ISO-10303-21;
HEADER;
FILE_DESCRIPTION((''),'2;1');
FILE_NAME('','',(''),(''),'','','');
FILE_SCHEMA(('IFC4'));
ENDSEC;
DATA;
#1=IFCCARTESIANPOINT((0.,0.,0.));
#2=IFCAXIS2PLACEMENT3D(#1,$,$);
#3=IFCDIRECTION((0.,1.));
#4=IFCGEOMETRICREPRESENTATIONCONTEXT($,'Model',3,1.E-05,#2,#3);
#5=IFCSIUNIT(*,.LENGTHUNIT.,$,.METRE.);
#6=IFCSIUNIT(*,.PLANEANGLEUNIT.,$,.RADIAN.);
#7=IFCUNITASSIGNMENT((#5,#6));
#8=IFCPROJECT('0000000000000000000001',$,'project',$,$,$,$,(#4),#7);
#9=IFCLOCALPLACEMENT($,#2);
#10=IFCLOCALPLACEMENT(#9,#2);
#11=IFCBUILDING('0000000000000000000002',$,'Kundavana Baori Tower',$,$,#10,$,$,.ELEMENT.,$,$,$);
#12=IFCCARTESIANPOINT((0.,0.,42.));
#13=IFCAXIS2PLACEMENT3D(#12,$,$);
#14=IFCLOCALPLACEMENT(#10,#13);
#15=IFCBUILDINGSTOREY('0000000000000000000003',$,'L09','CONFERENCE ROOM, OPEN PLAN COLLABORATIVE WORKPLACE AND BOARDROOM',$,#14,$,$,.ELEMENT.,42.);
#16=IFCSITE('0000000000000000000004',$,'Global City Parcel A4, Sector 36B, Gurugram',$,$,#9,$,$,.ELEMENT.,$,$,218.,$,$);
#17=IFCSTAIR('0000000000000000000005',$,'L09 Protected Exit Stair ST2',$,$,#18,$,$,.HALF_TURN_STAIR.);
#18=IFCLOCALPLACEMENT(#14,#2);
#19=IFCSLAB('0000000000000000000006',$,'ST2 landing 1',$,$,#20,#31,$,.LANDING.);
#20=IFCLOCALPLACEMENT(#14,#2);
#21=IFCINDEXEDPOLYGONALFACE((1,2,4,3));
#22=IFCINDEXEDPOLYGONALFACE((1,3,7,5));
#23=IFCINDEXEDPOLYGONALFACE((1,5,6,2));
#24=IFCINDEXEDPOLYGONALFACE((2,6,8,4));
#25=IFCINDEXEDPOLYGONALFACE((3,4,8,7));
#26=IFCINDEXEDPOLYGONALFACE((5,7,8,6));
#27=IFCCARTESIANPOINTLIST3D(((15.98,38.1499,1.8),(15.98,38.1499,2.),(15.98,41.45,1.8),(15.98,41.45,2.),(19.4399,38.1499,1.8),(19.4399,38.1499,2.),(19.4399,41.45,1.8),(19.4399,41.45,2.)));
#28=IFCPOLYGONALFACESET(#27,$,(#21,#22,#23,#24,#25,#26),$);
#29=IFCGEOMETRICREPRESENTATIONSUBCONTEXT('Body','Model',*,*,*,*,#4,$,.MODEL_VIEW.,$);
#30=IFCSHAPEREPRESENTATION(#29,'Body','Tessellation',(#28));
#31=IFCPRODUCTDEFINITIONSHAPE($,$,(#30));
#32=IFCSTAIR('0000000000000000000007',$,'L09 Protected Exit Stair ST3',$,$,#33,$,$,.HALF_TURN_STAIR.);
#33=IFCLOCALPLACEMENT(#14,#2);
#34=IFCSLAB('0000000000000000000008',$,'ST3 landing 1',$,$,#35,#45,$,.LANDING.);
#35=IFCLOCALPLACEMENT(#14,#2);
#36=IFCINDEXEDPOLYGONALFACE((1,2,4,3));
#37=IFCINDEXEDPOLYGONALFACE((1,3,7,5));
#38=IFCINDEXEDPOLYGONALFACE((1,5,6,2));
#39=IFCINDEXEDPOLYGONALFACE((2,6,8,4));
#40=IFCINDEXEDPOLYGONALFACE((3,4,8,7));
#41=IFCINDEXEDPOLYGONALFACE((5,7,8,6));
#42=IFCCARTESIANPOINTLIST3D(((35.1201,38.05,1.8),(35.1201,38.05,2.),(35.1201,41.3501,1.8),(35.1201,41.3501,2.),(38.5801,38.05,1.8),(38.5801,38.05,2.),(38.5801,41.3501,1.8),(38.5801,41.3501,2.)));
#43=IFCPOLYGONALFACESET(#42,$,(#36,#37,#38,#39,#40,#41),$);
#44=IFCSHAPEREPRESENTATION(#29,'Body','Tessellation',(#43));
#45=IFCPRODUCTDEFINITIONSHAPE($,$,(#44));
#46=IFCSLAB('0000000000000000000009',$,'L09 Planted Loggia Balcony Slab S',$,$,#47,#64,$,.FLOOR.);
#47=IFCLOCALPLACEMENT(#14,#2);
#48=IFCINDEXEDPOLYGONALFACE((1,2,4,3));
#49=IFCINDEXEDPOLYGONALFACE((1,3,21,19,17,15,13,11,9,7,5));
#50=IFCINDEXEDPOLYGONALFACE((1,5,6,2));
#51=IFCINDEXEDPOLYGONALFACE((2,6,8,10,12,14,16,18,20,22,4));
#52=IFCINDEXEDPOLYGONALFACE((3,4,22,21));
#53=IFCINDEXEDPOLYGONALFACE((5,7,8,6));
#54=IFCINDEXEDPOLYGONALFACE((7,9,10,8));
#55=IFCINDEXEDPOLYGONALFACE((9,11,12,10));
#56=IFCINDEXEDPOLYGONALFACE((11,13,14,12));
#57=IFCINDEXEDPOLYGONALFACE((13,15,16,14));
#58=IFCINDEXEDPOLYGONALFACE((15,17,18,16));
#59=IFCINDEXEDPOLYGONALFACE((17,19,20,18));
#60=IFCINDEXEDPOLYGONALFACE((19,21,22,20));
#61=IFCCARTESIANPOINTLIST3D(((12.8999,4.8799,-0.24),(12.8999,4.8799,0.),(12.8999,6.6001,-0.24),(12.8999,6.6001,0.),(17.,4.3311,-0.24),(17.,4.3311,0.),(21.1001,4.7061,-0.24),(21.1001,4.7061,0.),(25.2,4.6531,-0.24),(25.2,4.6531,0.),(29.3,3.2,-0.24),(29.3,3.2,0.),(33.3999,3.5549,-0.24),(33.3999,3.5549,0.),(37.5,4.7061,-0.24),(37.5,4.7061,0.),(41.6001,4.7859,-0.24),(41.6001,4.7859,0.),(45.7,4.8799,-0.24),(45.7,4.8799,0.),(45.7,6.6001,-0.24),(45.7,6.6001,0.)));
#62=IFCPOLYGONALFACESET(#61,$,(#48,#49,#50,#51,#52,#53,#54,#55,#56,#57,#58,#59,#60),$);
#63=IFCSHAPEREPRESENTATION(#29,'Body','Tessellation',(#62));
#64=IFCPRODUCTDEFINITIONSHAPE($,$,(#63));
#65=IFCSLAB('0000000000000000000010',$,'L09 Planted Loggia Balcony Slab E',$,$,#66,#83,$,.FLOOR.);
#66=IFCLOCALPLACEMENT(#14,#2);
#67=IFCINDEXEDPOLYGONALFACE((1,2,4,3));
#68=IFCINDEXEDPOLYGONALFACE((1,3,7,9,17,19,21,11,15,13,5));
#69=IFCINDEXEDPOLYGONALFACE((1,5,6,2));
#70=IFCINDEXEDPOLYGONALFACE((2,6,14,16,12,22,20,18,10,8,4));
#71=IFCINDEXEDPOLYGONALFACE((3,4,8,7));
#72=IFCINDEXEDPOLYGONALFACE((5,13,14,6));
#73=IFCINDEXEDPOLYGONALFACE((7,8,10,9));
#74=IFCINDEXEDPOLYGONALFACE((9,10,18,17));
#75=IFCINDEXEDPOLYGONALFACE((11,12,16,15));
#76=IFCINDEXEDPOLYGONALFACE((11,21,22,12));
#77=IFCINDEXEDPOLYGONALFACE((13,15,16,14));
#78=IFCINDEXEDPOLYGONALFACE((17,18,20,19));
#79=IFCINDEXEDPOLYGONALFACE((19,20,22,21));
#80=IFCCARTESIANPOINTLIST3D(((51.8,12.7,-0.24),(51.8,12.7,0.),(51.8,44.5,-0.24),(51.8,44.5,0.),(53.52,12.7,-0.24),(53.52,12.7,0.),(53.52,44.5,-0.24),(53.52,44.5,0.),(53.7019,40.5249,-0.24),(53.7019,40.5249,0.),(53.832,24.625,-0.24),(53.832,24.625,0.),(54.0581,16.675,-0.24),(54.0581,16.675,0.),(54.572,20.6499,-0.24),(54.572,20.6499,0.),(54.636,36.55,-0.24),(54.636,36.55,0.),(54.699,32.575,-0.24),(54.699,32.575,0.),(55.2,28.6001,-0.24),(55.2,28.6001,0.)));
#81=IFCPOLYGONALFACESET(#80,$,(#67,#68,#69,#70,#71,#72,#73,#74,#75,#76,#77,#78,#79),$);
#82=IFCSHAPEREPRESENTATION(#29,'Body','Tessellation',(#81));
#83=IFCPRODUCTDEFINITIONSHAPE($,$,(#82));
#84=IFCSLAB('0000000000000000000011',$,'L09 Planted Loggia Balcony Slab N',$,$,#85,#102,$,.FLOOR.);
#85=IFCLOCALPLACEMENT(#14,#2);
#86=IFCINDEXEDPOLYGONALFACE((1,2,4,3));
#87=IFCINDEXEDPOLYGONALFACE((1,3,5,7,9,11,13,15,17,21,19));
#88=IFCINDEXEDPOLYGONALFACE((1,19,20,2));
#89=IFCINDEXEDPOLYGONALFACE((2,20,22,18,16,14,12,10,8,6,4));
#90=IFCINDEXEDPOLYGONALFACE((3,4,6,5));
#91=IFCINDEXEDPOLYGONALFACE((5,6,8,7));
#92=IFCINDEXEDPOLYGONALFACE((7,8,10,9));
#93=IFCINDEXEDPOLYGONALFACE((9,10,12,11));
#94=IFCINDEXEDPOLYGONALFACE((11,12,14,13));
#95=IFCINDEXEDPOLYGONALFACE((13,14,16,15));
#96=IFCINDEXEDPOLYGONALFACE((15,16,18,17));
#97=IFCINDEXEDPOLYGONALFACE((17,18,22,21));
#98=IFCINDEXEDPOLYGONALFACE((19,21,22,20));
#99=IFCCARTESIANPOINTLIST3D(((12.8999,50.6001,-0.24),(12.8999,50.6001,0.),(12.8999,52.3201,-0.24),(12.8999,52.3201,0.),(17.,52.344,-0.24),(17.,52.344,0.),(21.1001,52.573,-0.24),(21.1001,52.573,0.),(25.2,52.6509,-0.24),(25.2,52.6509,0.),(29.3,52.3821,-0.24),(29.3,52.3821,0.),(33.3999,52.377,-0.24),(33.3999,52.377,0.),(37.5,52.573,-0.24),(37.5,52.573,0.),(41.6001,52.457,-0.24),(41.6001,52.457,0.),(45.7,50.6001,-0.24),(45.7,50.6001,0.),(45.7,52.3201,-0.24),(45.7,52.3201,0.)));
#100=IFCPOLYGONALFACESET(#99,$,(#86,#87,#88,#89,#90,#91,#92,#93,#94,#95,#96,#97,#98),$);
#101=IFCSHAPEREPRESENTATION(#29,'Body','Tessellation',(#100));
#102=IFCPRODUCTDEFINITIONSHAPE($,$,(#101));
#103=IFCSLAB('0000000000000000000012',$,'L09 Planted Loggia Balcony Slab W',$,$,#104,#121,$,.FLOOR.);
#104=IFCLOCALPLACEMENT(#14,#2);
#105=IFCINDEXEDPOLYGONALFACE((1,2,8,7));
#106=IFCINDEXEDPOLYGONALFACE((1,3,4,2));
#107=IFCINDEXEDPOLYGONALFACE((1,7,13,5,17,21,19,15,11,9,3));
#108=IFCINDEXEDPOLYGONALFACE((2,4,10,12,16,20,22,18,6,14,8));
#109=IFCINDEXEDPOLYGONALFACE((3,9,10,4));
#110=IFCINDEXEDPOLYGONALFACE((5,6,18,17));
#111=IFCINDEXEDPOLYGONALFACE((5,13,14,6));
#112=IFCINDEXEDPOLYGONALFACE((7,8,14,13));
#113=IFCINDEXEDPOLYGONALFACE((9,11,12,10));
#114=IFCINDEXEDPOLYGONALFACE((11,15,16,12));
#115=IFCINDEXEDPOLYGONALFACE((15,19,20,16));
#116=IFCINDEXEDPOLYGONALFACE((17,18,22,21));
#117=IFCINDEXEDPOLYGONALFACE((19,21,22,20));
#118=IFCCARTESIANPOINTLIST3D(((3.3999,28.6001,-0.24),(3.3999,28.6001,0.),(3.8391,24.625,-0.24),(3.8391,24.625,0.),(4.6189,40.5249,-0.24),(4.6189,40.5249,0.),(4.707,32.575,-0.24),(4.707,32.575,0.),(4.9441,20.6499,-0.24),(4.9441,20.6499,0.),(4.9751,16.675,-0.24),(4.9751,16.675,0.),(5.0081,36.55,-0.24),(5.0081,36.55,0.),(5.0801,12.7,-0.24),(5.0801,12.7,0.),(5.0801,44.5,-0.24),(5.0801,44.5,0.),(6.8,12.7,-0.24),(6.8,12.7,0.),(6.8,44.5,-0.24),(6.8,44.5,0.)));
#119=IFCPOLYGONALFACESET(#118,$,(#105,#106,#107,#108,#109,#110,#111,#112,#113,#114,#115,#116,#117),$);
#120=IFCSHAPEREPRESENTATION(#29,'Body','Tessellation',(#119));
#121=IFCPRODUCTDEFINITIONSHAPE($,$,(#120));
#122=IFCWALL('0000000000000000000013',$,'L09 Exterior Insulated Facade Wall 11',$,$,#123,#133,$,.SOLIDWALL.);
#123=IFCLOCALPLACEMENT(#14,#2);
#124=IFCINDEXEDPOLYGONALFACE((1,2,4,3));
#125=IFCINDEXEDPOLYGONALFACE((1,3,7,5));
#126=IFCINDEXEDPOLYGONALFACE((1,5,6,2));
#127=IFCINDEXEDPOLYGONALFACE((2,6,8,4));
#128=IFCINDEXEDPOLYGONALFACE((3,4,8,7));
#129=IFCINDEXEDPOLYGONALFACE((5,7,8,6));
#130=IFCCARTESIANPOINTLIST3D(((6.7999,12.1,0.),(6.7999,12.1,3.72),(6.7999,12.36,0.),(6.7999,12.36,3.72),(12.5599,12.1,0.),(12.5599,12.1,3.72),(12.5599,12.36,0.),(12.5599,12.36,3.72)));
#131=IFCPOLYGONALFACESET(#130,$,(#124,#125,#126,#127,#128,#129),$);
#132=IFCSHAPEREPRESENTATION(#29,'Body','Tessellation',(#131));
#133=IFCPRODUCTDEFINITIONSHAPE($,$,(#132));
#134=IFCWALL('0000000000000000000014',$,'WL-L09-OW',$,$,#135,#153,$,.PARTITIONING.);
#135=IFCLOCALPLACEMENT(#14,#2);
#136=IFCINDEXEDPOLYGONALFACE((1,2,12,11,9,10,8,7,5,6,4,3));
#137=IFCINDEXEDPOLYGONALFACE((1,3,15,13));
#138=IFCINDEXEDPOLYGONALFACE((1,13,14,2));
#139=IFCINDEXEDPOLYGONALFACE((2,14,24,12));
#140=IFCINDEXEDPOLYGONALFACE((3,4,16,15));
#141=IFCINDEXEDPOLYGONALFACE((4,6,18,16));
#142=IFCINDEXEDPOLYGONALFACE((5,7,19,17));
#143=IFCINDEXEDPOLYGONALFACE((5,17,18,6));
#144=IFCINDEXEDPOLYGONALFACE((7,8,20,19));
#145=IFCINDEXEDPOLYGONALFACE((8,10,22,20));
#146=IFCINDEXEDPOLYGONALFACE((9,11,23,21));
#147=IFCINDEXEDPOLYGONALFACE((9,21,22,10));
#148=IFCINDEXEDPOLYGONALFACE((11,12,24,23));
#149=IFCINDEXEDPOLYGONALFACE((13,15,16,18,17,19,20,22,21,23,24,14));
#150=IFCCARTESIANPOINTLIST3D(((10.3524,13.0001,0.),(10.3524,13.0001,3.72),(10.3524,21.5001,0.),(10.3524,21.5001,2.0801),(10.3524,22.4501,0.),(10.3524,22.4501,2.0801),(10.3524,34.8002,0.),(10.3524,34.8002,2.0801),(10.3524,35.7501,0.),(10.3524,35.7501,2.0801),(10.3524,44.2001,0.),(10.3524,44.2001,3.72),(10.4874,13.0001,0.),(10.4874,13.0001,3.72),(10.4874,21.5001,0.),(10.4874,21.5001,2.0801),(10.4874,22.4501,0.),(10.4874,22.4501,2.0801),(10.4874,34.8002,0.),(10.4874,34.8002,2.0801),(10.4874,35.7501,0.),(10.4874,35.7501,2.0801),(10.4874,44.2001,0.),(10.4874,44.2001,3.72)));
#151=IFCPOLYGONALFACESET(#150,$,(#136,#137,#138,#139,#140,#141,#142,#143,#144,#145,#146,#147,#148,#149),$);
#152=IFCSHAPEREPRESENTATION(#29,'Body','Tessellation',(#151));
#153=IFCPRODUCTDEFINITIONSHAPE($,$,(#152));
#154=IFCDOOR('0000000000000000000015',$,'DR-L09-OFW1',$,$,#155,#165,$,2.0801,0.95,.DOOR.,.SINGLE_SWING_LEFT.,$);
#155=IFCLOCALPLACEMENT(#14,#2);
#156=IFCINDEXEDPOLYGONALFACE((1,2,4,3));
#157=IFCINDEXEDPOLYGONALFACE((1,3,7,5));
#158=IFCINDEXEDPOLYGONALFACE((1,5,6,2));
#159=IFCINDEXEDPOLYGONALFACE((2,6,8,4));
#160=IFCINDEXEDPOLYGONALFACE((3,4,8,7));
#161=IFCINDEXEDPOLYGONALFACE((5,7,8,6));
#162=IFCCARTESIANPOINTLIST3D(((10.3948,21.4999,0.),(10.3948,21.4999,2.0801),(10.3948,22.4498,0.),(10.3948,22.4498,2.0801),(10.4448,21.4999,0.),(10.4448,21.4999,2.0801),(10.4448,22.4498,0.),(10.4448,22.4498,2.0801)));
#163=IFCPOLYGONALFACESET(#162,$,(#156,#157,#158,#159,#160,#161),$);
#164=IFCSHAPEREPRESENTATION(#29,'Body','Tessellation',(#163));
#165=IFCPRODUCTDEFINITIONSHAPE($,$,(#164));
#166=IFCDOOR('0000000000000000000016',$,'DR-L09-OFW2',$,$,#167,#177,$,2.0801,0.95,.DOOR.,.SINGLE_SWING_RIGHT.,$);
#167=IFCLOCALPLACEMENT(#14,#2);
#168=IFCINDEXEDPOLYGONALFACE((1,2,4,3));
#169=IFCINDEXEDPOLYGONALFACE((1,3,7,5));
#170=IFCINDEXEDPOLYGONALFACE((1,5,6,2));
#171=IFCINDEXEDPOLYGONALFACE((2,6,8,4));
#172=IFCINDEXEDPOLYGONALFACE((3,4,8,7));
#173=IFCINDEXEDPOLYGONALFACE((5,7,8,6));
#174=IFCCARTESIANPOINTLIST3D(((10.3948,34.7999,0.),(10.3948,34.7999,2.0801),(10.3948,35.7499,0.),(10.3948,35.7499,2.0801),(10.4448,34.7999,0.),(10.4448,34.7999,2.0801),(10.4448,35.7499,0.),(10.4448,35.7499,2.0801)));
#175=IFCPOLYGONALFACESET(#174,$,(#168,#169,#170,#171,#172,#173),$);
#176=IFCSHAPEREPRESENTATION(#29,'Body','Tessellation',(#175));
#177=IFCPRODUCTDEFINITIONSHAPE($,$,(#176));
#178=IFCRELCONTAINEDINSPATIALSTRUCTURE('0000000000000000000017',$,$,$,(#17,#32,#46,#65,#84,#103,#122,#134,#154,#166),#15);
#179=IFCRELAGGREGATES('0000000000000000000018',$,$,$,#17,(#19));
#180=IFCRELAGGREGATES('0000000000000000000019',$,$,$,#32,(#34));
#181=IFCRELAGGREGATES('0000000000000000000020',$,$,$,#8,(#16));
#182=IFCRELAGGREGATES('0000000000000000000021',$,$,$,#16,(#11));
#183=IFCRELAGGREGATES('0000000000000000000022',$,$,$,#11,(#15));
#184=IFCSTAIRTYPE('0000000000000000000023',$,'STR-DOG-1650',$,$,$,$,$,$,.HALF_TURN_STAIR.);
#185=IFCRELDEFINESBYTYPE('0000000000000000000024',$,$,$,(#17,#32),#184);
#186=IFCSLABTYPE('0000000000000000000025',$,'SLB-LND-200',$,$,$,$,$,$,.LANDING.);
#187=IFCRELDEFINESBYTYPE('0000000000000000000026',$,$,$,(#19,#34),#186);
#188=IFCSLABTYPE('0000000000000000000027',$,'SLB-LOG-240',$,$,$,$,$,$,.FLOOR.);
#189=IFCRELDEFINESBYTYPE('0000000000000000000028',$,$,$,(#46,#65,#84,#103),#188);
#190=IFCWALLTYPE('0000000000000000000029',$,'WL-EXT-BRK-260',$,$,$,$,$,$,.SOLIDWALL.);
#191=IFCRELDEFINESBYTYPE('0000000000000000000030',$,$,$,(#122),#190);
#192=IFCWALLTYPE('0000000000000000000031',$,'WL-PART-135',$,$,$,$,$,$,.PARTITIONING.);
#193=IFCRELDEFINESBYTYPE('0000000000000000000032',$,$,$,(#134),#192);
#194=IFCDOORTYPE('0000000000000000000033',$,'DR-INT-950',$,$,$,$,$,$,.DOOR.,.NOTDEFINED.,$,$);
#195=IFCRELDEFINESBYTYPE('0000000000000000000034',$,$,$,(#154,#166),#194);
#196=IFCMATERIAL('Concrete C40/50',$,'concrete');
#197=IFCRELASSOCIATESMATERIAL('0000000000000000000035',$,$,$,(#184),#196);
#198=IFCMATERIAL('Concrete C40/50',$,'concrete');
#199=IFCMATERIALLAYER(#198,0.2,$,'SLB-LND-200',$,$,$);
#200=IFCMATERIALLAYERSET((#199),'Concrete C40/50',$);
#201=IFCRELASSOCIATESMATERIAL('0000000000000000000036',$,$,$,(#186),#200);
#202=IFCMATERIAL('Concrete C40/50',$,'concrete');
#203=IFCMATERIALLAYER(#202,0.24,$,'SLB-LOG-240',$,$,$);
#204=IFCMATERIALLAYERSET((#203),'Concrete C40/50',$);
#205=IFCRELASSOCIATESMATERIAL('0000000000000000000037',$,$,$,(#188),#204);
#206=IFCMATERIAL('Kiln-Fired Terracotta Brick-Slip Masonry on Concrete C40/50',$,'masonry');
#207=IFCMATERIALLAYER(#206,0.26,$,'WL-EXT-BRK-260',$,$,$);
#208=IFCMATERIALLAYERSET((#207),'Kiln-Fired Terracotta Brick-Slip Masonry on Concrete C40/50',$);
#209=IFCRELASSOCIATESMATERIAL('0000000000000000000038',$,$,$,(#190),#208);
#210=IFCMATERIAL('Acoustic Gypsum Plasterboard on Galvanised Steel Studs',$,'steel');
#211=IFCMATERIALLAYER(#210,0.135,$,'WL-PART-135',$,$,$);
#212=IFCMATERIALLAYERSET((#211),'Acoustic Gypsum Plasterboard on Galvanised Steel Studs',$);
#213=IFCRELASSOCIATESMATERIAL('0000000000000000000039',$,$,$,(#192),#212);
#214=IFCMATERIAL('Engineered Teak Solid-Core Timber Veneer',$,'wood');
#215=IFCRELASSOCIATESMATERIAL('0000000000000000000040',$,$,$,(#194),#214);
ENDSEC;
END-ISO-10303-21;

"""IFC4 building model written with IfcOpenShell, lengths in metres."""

from ifc_helpers import new_model, si_unit, direction, frame, frame_2d, origin, place, context, subcontext, project, spatial, polyline, rectangle, outline, extrude, material, layer, layer_set, type_object, element, fill, aggregate, save


model = new_model("IFC4")

# Units and contexts
model_context = context("Model", 3, precision=1e-05, world=origin(), true_north=direction((0.0, 1.0)))
body_context = subcontext(model_context, "Body", "Model", "MODEL_VIEW")
ifc_project = project(units=[si_unit("LENGTHUNIT", "METRE"), si_unit("PLANEANGLEUNIT", "RADIAN")], contexts=[model_context])

# Site, building, storey
site_placement = place(None, origin())
site = spatial("IfcSite", under=ifc_project, at=site_placement, Name="Global City Parcel A4, Sector 36B, Gurugram", CompositionType="ELEMENT", RefElevation=218.0)
building_placement = place(site_placement, origin())
building = spatial("IfcBuilding", under=site, at=building_placement, Name="Kundavana Baori Tower", CompositionType="ELEMENT")
storey_placement = place(building_placement, frame((0.0, 0.0, 42.0)))
storey = spatial("IfcBuildingStorey", under=building, at=storey_placement, Name="L09", Description="CONFERENCE ROOM, OPEN PLAN COLLABORATIVE WORKPLACE AND BOARDROOM", CompositionType="ELEMENT", Elevation=42.0)

# Stairs, slabs
ifc_material_1 = material(Name="Concrete C40/50", Category="concrete")
stair_type = type_object("IfcStairType", Name="STR-DOG-1650", PredefinedType="HALF_TURN_STAIR", material=ifc_material_1)
ifc_material_2 = material(Name="Concrete C40/50", Category="concrete")
ifc_layer_1 = layer(ifc_material_2, 0.2, Name="SLB-LND-200")
ifc_layer_set_1 = layer_set([ifc_layer_1], Name="Concrete C40/50")
slab_type_1 = type_object("IfcSlabType", Name="SLB-LND-200", PredefinedType="LANDING", material=ifc_layer_set_1)
stair_1_placement = place(storey_placement, origin())
stair_1 = element("IfcStair", 1, at=stair_1_placement, inside=storey, type_object=stair_type, Name="L09 Protected Exit Stair ST2", PredefinedType="HALF_TURN_STAIR")
slab_1_placement = place(storey_placement, frame((0.0, 0.0, 1.8)))
slab_1 = element("IfcSlab", 2, at=slab_1_placement, type_object=slab_type_1, Name="ST2 landing 1", PredefinedType="LANDING", context=body_context, shape_type="SweptSolid", body=[
    extrude(outline(polyline([(19.4399, 38.1499), (19.4399, 41.45), (15.98, 41.45), (15.98, 38.1499), (19.4399, 38.1499)])), origin(), (0.0, 0.0, 1.0), 0.2),
])
aggregate(stair_1, [slab_1])
stair_2_placement = place(storey_placement, origin())
stair_2 = element("IfcStair", 3, at=stair_2_placement, inside=storey, type_object=stair_type, Name="L09 Protected Exit Stair ST3", PredefinedType="HALF_TURN_STAIR")
slab_2_placement = place(storey_placement, frame((0.0, 0.0, 1.8)))
slab_2 = element("IfcSlab", 4, at=slab_2_placement, type_object=slab_type_1, Name="ST3 landing 1", PredefinedType="LANDING", context=body_context, shape_type="SweptSolid", body=[
    extrude(outline(polyline([(38.5801, 38.05), (38.5801, 41.3501), (35.1201, 41.3501), (35.1201, 38.05), (38.5801, 38.05)])), origin(), (0.0, 0.0, 1.0), 0.2),
])
aggregate(stair_2, [slab_2])

# Slabs
ifc_material_3 = material(Name="Concrete C40/50", Category="concrete")
ifc_layer_2 = layer(ifc_material_3, 0.24, Name="SLB-LOG-240")
ifc_layer_set_2 = layer_set([ifc_layer_2], Name="Concrete C40/50")
slab_type_2 = type_object("IfcSlabType", Name="SLB-LOG-240", PredefinedType="FLOOR", material=ifc_layer_set_2)
slab_3_placement = place(storey_placement, frame((0.0, 0.0, -0.24)))
element("IfcSlab", 5, at=slab_3_placement, inside=storey, type_object=slab_type_2, Name="L09 Planted Loggia Balcony Slab S", PredefinedType="FLOOR", context=body_context, shape_type="SweptSolid", body=[
    extrude(outline(polyline([(12.8999, 6.6001), (45.7, 6.6001), (45.7, 4.8799), (41.6001, 4.7859), (37.5, 4.7061), (33.3999, 3.5549), (29.3, 3.2), (25.2, 4.6531), (21.1001, 4.7061), (17.0, 4.3311), (12.8999, 4.8799), (12.8999, 6.6001)])), origin(), (0.0, 0.0, 1.0), 0.24),
])
slab_4_placement = place(storey_placement, frame((0.0, 0.0, -0.24)))
element("IfcSlab", 6, at=slab_4_placement, inside=storey, type_object=slab_type_2, Name="L09 Planted Loggia Balcony Slab E", PredefinedType="FLOOR", context=body_context, shape_type="SweptSolid", body=[
    extrude(outline(polyline([(51.8, 12.7), (51.8, 44.5), (53.52, 44.5), (53.7019, 40.5249), (54.636, 36.55), (54.699, 32.575), (55.2, 28.6001), (53.832, 24.625), (54.572, 20.6499), (54.0581, 16.675), (53.52, 12.7), (51.8, 12.7)])), origin(), (0.0, 0.0, 1.0), 0.24),
])
slab_5_placement = place(storey_placement, frame((0.0, 0.0, -0.24)))
element("IfcSlab", 7, at=slab_5_placement, inside=storey, type_object=slab_type_2, Name="L09 Planted Loggia Balcony Slab N", PredefinedType="FLOOR", context=body_context, shape_type="SweptSolid", body=[
    extrude(outline(polyline([(45.7, 50.6001), (12.8999, 50.6001), (12.8999, 52.3201), (17.0, 52.344), (21.1001, 52.573), (25.2, 52.6509), (29.3, 52.3821), (33.3999, 52.377), (37.5, 52.573), (41.6001, 52.457), (45.7, 52.3201), (45.7, 50.6001)])), origin(), (0.0, 0.0, 1.0), 0.24),
])
slab_6_placement = place(storey_placement, frame((0.0, 0.0, -0.24)))
element("IfcSlab", 8, at=slab_6_placement, inside=storey, type_object=slab_type_2, Name="L09 Planted Loggia Balcony Slab W", PredefinedType="FLOOR", context=body_context, shape_type="SweptSolid", body=[
    extrude(outline(polyline([(6.8, 44.5), (6.8, 12.7), (5.0801, 12.7), (4.9751, 16.675), (4.9441, 20.6499), (3.8391, 24.625), (3.3999, 28.6001), (4.707, 32.575), (5.0081, 36.55), (4.6189, 40.5249), (5.0801, 44.5), (6.8, 44.5)])), origin(), (0.0, 0.0, 1.0), 0.24),
])

# Wall
ifc_material_4 = material(Name="Kiln-Fired Terracotta Brick-Slip Masonry on Concrete C40/50", Category="masonry")
ifc_layer_3 = layer(ifc_material_4, 0.26, Name="WL-EXT-BRK-260")
ifc_layer_set_3 = layer_set([ifc_layer_3], Name="Kiln-Fired Terracotta Brick-Slip Masonry on Concrete C40/50")
wall_type_1 = type_object("IfcWallType", Name="WL-EXT-BRK-260", PredefinedType="SOLIDWALL", material=ifc_layer_set_3)
wall_1_placement = place(storey_placement, frame((6.8, 12.23, 0.0), z_axis=(0.0, 0.0, 1.0), x_axis=(1.0, 0.0, 0.0)))
element("IfcWall", 9, at=wall_1_placement, inside=storey, type_object=wall_type_1, Name="L09 Exterior Insulated Facade Wall 11", PredefinedType="SOLIDWALL", context=body_context, shape_type="SweptSolid", body=[
    extrude(rectangle(XDim=5.76, YDim=0.26, at=frame_2d((2.8799, 0.0))), origin(), (0.0, 0.0, 1.0), 3.72),
])

# Wall, openings, doors
ifc_material_5 = material(Name="Acoustic Gypsum Plasterboard on Galvanised Steel Studs", Category="steel")
ifc_layer_4 = layer(ifc_material_5, 0.135, Name="WL-PART-135")
ifc_layer_set_4 = layer_set([ifc_layer_4], Name="Acoustic Gypsum Plasterboard on Galvanised Steel Studs")
wall_type_2 = type_object("IfcWallType", Name="WL-PART-135", PredefinedType="PARTITIONING", material=ifc_layer_set_4)
wall_2_placement = place(storey_placement, frame((10.4199, 13.0, 0.0), z_axis=(0.0, 0.0, 1.0), x_axis=(0.0, 1.0, 0.0)))
wall_2 = element("IfcWall", 10, at=wall_2_placement, inside=storey, type_object=wall_type_2, Name="WL-L09-OW", PredefinedType="PARTITIONING", context=body_context, shape_type="SweptSolid", body=[
    extrude(rectangle(XDim=31.2, YDim=0.135, at=frame_2d((15.6001, 0.0))), origin(), (0.0, 0.0, 1.0), 3.72),
])
opening_1_placement = place(wall_2_placement, frame((8.5, 0.0, 0.0)))
opening_1 = element("IfcOpeningElement", 11, at=opening_1_placement, cuts=wall_2, PredefinedType="OPENING", context=body_context, shape_type="SweptSolid", body=[
    extrude(rectangle(XDim=0.95, YDim=2.0801, at=frame_2d((0.4751, 1.04))), frame((0.0, 0.0776, 0.0), z_axis=(0.0, -1.0, 0.0), x_axis=(1.0, 0.0, 0.0)), (0.0, 0.0, 1.0), 0.155),
])
opening_2_placement = place(wall_2_placement, frame((21.8, 0.0, 0.0)))
opening_2 = element("IfcOpeningElement", 12, at=opening_2_placement, cuts=wall_2, PredefinedType="OPENING", context=body_context, shape_type="SweptSolid", body=[
    extrude(rectangle(XDim=0.95, YDim=2.0801, at=frame_2d((0.4751, 1.04))), frame((0.0, 0.0776, 0.0), z_axis=(0.0, -1.0, 0.0), x_axis=(1.0, 0.0, 0.0)), (0.0, 0.0, 1.0), 0.155),
])
ifc_material_6 = material(Name="Engineered Teak Solid-Core Timber Veneer", Category="wood")
door_type_1 = type_object("IfcDoorType", Name="DR-INT-950", OperationType="NOTDEFINED", PredefinedType="DOOR", material=ifc_material_6)
door_1_placement = place(opening_1_placement, frame((0.95, 0.0, 0.0), z_axis=(0.0, 0.0, 1.0), x_axis=(-1.0, 0.0, 0.0)))
door_1 = element("IfcDoor", 13, at=door_1_placement, inside=storey, type_object=door_type_1, Name="DR-L09-OFW1", OperationType="SINGLE_SWING_LEFT", OverallHeight=2.0801, OverallWidth=0.95, PredefinedType="DOOR", context=body_context, shape_type="SweptSolid", body=[
    extrude(rectangle(XDim=0.95, YDim=2.0801, at=frame_2d((0.4751, 1.04))), frame((0.0, 0.0249, 0.0), z_axis=(0.0, -1.0, 0.0), x_axis=(1.0, 0.0, 0.0)), (0.0, 0.0, 1.0), 0.05),
])
fill(opening_1, door_1)
door_2_placement = place(opening_2_placement, frame((0.95, 0.0, 0.0), z_axis=(0.0, 0.0, 1.0), x_axis=(-1.0, 0.0, 0.0)))
door_2 = element("IfcDoor", 14, at=door_2_placement, inside=storey, type_object=door_type_1, Name="DR-L09-OFW2", OperationType="SINGLE_SWING_RIGHT", OverallHeight=2.0801, OverallWidth=0.95, PredefinedType="DOOR", context=body_context, shape_type="SweptSolid", body=[
    extrude(rectangle(XDim=0.95, YDim=2.0801, at=frame_2d((0.4751, 1.04))), frame((0.0, 0.0249, 0.0), z_axis=(0.0, -1.0, 0.0), x_axis=(1.0, 0.0, 0.0)), (0.0, 0.0, 1.0), 0.05),
])
fill(opening_2, door_2)

save(model, "model.ifc")
